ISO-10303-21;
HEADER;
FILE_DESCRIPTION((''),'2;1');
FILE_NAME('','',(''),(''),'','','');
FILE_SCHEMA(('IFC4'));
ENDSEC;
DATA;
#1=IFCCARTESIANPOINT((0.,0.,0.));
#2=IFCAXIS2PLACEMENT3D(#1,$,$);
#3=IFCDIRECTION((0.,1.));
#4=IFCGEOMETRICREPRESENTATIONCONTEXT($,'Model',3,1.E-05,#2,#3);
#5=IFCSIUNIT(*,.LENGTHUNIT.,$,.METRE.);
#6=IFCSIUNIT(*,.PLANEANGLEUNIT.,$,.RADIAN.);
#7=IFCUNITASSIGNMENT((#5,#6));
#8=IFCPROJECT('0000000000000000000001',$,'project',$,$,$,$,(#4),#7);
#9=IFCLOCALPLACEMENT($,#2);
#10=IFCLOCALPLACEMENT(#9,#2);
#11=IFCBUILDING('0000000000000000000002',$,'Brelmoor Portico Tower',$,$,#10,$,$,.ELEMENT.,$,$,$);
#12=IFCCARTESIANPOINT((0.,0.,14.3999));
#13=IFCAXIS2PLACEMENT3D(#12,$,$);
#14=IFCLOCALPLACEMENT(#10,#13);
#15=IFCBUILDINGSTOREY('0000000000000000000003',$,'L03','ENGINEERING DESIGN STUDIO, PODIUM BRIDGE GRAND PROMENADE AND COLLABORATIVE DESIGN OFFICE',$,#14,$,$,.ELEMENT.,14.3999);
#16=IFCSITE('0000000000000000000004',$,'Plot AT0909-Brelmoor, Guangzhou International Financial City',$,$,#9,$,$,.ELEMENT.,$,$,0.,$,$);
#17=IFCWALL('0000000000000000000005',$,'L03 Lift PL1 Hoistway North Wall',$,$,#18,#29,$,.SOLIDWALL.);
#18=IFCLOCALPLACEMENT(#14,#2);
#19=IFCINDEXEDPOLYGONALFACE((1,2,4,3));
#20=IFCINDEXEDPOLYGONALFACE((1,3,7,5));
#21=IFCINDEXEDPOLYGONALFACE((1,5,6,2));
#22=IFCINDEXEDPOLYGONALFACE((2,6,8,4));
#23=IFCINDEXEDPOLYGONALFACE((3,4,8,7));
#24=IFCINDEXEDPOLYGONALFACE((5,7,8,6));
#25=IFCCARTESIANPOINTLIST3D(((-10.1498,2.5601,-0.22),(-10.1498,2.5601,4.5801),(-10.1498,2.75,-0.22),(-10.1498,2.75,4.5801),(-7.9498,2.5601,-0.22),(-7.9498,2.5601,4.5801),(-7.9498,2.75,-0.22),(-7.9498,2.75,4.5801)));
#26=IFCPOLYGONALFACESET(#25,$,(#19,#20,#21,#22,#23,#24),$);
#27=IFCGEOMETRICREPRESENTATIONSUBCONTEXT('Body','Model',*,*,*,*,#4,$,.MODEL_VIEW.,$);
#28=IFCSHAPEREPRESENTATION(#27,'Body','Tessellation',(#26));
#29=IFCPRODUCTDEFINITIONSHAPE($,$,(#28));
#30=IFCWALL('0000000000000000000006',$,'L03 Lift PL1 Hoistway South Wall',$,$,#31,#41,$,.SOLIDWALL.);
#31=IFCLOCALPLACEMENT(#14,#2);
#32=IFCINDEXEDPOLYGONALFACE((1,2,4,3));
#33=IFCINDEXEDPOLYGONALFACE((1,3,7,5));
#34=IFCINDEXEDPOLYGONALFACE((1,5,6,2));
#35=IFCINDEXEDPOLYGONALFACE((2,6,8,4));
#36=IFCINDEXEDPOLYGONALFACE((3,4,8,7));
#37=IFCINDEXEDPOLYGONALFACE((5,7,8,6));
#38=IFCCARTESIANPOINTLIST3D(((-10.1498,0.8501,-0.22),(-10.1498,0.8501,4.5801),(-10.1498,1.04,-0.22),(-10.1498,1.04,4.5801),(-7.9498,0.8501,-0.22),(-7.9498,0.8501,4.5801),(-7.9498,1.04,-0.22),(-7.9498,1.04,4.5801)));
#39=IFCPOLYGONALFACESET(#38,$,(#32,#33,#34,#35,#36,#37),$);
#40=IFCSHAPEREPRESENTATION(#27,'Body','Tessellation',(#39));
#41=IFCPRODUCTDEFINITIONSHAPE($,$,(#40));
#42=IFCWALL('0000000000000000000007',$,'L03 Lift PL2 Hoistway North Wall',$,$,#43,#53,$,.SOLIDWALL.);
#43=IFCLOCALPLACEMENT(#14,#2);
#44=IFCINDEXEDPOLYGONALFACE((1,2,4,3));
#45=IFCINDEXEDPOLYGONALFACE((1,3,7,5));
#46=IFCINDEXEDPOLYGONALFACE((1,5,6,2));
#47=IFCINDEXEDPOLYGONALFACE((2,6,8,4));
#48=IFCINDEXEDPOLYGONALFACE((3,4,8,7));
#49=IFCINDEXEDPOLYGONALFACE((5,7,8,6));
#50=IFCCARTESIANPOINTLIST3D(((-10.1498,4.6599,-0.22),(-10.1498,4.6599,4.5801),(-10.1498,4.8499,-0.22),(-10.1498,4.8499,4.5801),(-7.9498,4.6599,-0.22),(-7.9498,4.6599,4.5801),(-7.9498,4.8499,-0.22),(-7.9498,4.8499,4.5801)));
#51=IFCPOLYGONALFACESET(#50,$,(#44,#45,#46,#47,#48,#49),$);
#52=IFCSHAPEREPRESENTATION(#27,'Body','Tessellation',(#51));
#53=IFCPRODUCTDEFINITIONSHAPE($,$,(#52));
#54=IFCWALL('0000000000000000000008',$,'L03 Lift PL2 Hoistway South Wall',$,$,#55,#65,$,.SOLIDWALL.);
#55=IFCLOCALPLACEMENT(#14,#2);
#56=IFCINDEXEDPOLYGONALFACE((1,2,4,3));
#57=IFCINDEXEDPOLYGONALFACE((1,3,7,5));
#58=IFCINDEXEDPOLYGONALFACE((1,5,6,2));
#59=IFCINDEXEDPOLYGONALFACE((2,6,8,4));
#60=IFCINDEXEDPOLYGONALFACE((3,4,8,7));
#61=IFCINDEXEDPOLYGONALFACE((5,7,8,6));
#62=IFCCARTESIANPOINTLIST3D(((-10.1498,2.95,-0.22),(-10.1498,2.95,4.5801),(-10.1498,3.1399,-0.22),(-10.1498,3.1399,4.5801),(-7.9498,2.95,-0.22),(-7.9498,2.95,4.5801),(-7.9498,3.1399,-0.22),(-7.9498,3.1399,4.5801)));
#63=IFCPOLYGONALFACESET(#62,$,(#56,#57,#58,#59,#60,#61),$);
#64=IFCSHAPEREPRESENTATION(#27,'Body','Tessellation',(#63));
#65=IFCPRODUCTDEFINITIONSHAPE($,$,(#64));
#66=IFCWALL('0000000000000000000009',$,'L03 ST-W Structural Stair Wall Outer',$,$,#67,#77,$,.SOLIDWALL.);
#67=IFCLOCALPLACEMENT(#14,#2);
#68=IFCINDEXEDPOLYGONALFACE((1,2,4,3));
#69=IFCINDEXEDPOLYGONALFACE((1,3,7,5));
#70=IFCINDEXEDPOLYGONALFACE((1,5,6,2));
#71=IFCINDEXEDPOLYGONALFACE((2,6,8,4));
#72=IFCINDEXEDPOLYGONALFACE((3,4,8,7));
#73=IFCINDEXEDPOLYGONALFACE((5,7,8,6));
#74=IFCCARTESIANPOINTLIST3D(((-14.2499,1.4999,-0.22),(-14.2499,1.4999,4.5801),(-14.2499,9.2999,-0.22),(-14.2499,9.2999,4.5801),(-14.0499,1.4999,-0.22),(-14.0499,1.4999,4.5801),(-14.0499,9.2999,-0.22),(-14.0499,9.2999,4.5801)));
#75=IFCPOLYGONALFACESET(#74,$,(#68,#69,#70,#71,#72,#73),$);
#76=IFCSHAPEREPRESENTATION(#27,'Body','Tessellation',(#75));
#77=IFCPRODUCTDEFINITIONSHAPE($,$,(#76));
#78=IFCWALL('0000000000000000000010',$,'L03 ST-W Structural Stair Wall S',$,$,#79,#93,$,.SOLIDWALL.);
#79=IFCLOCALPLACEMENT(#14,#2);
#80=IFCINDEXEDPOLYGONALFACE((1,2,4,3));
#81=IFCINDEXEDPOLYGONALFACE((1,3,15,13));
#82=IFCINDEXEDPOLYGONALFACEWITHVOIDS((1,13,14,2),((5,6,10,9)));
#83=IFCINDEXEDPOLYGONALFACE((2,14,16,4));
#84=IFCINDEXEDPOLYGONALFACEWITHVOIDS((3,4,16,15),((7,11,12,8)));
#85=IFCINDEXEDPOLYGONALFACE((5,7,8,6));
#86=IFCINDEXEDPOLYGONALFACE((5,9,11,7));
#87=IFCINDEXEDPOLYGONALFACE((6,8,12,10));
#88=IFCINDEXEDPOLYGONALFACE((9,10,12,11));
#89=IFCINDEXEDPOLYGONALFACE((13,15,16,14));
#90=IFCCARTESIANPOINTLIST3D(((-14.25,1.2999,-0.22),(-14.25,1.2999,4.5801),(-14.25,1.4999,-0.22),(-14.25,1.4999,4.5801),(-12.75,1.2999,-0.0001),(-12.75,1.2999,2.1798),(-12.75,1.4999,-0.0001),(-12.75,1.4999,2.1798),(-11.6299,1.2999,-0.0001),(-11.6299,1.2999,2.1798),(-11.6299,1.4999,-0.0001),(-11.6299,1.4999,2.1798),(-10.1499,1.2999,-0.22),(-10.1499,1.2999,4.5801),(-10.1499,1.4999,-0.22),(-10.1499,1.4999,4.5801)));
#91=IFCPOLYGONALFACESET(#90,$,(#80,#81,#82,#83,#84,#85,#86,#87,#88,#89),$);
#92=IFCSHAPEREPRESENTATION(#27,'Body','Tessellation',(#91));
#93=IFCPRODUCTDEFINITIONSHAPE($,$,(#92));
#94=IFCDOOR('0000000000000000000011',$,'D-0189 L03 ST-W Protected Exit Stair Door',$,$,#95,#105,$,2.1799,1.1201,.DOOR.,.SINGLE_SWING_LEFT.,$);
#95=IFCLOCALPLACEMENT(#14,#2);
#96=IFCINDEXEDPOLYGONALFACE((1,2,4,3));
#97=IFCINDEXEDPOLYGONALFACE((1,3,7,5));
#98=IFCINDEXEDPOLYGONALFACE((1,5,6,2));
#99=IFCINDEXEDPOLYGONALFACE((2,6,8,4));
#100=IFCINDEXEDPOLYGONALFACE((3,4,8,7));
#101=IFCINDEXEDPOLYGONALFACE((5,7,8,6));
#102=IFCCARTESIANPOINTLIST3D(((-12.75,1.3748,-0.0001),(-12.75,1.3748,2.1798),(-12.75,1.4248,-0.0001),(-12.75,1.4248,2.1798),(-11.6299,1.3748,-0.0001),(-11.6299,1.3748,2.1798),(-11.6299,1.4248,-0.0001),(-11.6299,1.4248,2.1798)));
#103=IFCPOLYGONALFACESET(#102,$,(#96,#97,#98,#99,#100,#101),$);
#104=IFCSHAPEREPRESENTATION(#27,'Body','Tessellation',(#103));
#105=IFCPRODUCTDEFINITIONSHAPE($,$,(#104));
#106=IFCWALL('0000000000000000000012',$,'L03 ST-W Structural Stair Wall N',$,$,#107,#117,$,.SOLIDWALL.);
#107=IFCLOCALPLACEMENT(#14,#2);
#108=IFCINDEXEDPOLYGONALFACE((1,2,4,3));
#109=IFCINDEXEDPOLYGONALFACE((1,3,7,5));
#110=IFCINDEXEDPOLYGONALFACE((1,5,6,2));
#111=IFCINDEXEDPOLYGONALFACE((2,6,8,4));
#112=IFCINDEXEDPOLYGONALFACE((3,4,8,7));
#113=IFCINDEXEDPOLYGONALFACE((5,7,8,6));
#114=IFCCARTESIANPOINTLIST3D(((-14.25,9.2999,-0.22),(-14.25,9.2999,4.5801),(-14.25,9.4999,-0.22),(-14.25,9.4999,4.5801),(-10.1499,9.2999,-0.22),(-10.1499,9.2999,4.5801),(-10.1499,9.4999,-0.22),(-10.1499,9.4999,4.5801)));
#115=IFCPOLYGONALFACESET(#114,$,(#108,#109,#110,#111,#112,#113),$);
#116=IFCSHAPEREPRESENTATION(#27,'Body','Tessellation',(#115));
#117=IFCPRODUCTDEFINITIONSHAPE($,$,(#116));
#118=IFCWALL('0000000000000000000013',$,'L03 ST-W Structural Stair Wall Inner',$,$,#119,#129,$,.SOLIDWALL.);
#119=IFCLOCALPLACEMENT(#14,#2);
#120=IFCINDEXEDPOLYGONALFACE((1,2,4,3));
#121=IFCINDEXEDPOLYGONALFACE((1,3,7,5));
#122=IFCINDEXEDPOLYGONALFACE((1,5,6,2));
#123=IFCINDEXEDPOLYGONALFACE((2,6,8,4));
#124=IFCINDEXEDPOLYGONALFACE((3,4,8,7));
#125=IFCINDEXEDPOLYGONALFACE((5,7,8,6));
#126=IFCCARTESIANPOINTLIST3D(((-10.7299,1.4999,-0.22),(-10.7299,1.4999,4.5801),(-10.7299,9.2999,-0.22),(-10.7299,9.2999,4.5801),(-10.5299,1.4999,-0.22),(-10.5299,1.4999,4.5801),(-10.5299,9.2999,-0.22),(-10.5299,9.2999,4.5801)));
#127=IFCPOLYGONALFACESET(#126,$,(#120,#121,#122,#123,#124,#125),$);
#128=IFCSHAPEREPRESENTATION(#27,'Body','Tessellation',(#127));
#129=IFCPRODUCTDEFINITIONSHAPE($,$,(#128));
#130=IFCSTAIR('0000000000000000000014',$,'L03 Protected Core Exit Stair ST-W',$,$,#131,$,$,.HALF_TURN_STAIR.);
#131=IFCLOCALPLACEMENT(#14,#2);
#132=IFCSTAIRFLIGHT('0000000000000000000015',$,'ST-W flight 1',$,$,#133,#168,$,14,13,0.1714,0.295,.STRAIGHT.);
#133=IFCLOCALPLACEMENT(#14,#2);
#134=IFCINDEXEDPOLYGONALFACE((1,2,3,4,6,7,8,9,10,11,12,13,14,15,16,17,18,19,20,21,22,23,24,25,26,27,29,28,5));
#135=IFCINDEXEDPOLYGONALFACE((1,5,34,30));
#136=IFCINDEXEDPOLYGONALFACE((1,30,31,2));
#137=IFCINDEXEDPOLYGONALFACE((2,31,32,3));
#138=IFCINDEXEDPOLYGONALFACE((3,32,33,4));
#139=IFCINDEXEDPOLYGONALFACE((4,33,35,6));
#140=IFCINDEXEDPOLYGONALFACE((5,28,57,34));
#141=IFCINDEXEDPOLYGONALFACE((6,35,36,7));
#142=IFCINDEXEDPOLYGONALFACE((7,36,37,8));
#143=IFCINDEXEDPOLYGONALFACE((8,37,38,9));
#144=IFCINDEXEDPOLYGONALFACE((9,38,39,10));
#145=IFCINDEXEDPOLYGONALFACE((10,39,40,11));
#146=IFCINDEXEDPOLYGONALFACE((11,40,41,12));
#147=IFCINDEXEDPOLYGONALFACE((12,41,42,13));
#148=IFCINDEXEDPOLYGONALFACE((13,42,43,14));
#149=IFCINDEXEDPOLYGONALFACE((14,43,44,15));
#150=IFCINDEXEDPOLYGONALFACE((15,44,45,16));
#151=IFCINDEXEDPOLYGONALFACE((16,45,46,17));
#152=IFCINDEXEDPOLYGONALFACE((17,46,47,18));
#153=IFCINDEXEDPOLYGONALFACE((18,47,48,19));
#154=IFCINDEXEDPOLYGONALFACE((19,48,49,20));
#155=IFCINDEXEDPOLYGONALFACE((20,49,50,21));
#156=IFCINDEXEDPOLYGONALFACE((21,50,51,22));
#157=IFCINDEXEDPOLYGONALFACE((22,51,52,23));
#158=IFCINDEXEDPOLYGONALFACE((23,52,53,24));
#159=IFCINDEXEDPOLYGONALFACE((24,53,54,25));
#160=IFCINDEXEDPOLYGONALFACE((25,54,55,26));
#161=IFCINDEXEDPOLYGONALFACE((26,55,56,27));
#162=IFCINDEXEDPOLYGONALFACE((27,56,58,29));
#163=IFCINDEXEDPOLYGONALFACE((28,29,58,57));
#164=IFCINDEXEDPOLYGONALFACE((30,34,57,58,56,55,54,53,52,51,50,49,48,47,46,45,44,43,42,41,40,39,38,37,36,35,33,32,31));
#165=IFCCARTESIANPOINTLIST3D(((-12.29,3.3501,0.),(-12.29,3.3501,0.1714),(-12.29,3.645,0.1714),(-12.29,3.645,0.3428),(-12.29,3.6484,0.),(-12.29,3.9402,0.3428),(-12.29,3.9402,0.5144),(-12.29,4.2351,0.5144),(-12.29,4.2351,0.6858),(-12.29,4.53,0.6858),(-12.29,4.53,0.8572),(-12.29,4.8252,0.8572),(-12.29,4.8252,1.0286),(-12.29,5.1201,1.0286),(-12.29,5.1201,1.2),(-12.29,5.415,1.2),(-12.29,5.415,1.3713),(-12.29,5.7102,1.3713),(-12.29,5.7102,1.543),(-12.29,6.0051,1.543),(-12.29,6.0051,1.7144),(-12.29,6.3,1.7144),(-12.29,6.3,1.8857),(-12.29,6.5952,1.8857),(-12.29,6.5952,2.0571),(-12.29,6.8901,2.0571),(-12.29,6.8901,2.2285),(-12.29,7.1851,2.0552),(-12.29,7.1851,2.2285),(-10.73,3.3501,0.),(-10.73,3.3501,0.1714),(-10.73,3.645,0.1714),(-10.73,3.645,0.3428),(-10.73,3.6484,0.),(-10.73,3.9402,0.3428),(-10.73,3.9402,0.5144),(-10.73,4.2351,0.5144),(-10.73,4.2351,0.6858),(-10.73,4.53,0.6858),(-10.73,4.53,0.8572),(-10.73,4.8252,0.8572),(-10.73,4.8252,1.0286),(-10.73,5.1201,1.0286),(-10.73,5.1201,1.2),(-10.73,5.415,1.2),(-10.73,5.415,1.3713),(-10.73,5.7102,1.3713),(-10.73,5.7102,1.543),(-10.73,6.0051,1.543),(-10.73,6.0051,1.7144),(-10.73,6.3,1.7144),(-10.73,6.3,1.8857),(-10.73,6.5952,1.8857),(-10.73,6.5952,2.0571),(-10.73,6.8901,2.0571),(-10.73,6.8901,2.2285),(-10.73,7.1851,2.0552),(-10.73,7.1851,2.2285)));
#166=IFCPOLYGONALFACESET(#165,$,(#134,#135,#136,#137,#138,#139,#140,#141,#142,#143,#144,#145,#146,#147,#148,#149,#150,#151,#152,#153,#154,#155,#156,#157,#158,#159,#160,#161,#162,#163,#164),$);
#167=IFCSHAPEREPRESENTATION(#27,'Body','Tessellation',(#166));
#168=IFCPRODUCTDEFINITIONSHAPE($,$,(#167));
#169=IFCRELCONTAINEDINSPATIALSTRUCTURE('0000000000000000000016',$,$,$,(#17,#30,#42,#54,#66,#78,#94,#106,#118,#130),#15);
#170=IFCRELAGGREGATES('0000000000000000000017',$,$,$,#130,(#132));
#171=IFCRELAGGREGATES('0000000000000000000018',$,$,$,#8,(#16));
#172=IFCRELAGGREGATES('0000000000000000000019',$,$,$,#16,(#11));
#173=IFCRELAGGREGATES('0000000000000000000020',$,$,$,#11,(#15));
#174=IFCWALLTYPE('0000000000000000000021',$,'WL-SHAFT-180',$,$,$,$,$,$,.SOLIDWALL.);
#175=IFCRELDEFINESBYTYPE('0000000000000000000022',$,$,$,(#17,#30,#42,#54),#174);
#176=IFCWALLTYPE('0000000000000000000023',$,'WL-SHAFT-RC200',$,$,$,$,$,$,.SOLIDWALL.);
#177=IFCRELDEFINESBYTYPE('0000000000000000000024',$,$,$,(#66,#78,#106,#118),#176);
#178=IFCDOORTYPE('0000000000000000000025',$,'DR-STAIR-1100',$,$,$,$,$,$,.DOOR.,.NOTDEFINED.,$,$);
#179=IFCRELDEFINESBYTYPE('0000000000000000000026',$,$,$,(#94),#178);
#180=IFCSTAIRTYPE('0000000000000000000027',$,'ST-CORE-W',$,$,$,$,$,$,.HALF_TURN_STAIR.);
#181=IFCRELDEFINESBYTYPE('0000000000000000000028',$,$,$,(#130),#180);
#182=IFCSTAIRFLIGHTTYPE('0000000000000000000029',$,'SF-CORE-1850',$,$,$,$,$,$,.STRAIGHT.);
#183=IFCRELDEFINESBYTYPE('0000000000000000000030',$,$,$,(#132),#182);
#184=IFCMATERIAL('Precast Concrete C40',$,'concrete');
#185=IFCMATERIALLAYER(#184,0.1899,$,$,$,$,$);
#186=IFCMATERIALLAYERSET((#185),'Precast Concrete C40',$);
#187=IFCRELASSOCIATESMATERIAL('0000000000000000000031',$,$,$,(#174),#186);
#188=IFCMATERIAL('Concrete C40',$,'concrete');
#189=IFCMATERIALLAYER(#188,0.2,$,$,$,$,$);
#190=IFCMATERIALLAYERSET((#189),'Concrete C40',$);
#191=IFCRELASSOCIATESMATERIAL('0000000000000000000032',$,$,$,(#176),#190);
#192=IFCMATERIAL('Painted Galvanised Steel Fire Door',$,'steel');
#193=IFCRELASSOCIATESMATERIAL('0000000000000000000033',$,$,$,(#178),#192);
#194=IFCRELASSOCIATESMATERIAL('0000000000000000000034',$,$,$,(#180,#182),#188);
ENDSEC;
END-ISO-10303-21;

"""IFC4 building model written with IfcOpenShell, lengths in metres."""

from ifc_helpers import new_model, si_unit, direction, frame, frame_2d, origin, place, context, subcontext, project, spatial, polyline, rectangle, outline, extrude, material, layer, layer_set, type_object, element, fill, aggregate, save


model = new_model("IFC4")

# Units and contexts
model_context = context("Model", 3, precision=1e-05, world=origin(), true_north=direction((0.0, 1.0)))
body_context = subcontext(model_context, "Body", "Model", "MODEL_VIEW")
ifc_project = project(units=[si_unit("LENGTHUNIT", "METRE"), si_unit("PLANEANGLEUNIT", "RADIAN")], contexts=[model_context])

# Site, building, storey
site_placement = place(None, origin())
site = spatial("IfcSite", under=ifc_project, at=site_placement, Name="Plot AT0909-Brelmoor, Guangzhou International Financial City", CompositionType="ELEMENT", RefElevation=0.0)
building_placement = place(site_placement, origin())
building = spatial("IfcBuilding", under=site, at=building_placement, Name="Brelmoor Portico Tower", CompositionType="ELEMENT")
storey_placement = place(building_placement, frame((0.0, 0.0, 14.3999)))
storey = spatial("IfcBuildingStorey", under=building, at=storey_placement, Name="L03", Description="ENGINEERING DESIGN STUDIO, PODIUM BRIDGE GRAND PROMENADE AND COLLABORATIVE DESIGN OFFICE", CompositionType="ELEMENT", Elevation=14.3999)

# Walls
ifc_material_1 = material(Name="Precast Concrete C40", Category="concrete")
ifc_layer_1 = layer(ifc_material_1, 0.1899)
ifc_layer_set_1 = layer_set([ifc_layer_1], Name="Precast Concrete C40")
wall_type_1 = type_object("IfcWallType", Name="WL-SHAFT-180", PredefinedType="SOLIDWALL", material=ifc_layer_set_1)
for number, where, z_axis, x_axis, name in (
    (1, (-10.1499, 2.655, -0.22), (0.0, 0.0, 1.0), (1.0, 0.0, 0.0), "L03 Lift PL1 Hoistway North Wall"),
    (2, (-10.1499, 0.9451, -0.22), (0.0, 0.0, 1.0), (1.0, 0.0, 0.0), "L03 Lift PL1 Hoistway South Wall"),
    (3, (-10.1499, 4.7549, -0.22), (0.0, 0.0, 1.0), (1.0, 0.0, 0.0), "L03 Lift PL2 Hoistway North Wall"),
    (4, (-10.1499, 3.0449, -0.22), (0.0, 0.0, 1.0), (1.0, 0.0, 0.0), "L03 Lift PL2 Hoistway South Wall"),
):
    element("IfcWall", number, at=place(storey_placement, frame(where, z_axis=z_axis, x_axis=x_axis)), inside=storey, type_object=wall_type_1, Name=name, PredefinedType="SOLIDWALL", context=body_context, shape_type="SweptSolid", body=[
        extrude(rectangle(XDim=2.2, YDim=0.1899, at=frame_2d((1.1001, 0.0))), origin(), (0.0, 0.0, 1.0), 4.8),
    ])
ifc_material_2 = material(Name="Concrete C40", Category="concrete")
ifc_layer_2 = layer(ifc_material_2, 0.2)
ifc_layer_set_2 = layer_set([ifc_layer_2], Name="Concrete C40")
wall_type_2 = type_object("IfcWallType", Name="WL-SHAFT-RC200", PredefinedType="SOLIDWALL", material=ifc_layer_set_2)
wall_1_placement = place(storey_placement, frame((-14.1499, 1.5, -0.22), z_axis=(0.0, 0.0, 1.0), x_axis=(0.0, 1.0, 0.0)))
element("IfcWall", 5, at=wall_1_placement, inside=storey, type_object=wall_type_2, Name="L03 ST-W Structural Stair Wall Outer", PredefinedType="SOLIDWALL", context=body_context, shape_type="SweptSolid", body=[
    extrude(rectangle(XDim=7.8, YDim=0.2, at=frame_2d((3.8999, 0.0))), origin(), (0.0, 0.0, 1.0), 4.8),
])

# Wall, opening, door
wall_2_placement = place(storey_placement, frame((-14.25, 1.3999, -0.22), z_axis=(0.0, 0.0, 1.0), x_axis=(1.0, 0.0, 0.0)))
wall_2 = element("IfcWall", 6, at=wall_2_placement, inside=storey, type_object=wall_type_2, Name="L03 ST-W Structural Stair Wall S", PredefinedType="SOLIDWALL", context=body_context, shape_type="SweptSolid", body=[
    extrude(rectangle(XDim=4.1001, YDim=0.2, at=frame_2d((2.05, 0.0))), origin(), (0.0, 0.0, 1.0), 4.8),
])
opening_placement = place(wall_2_placement, frame((1.5, 0.0, 0.22)))
opening = element("IfcOpeningElement", 7, at=opening_placement, cuts=wall_2, PredefinedType="OPENING", context=body_context, shape_type="SweptSolid", body=[
    extrude(rectangle(XDim=1.1201, YDim=2.1799, at=frame_2d((0.5601, 1.0898))), frame((0.0, 0.1099, 0.0), z_axis=(0.0, -1.0, 0.0), x_axis=(1.0, 0.0, 0.0)), (0.0, 0.0, 1.0), 0.22),
])
ifc_material_3 = material(Name="Painted Galvanised Steel Fire Door", Category="steel")
door_type = type_object("IfcDoorType", Name="DR-STAIR-1100", OperationType="NOTDEFINED", PredefinedType="DOOR", material=ifc_material_3)
door_placement = place(opening_placement, origin())
door = element("IfcDoor", 8, at=door_placement, inside=storey, type_object=door_type, Name="D-0189 L03 ST-W Protected Exit Stair Door", OperationType="SINGLE_SWING_LEFT", OverallHeight=2.1799, OverallWidth=1.1201, PredefinedType="DOOR", context=body_context, shape_type="SweptSolid", body=[
    extrude(rectangle(XDim=1.1201, YDim=2.1799, at=frame_2d((0.5601, 1.0898))), frame((0.0, 0.0249, 0.0), z_axis=(0.0, -1.0, 0.0), x_axis=(1.0, 0.0, 0.0)), (0.0, 0.0, 1.0), 0.05),
])
fill(opening, door)

# Walls
wall_3_placement = place(storey_placement, frame((-14.25, 9.3999, -0.22), z_axis=(0.0, 0.0, 1.0), x_axis=(1.0, 0.0, 0.0)))
element("IfcWall", 9, at=wall_3_placement, inside=storey, type_object=wall_type_2, Name="L03 ST-W Structural Stair Wall N", PredefinedType="SOLIDWALL", context=body_context, shape_type="SweptSolid", body=[
    extrude(rectangle(XDim=4.1001, YDim=0.2, at=frame_2d((2.05, 0.0))), origin(), (0.0, 0.0, 1.0), 4.8),
])
wall_4_placement = place(storey_placement, frame((-10.6299, 1.5, -0.22), z_axis=(0.0, 0.0, 1.0), x_axis=(0.0, 1.0, 0.0)))
element("IfcWall", 10, at=wall_4_placement, inside=storey, type_object=wall_type_2, Name="L03 ST-W Structural Stair Wall Inner", PredefinedType="SOLIDWALL", context=body_context, shape_type="SweptSolid", body=[
    extrude(rectangle(XDim=7.8, YDim=0.2, at=frame_2d((3.8999, 0.0))), origin(), (0.0, 0.0, 1.0), 4.8),
])

# Stair, stair flight
stair_type = type_object("IfcStairType", Name="ST-CORE-W", PredefinedType="HALF_TURN_STAIR", material=ifc_material_2)
stair_placement = place(storey_placement, origin())
stair = element("IfcStair", 11, at=stair_placement, inside=storey, type_object=stair_type, Name="L03 Protected Core Exit Stair ST-W", PredefinedType="HALF_TURN_STAIR")
stair_flight_type = type_object("IfcStairFlightType", Name="SF-CORE-1850", PredefinedType="STRAIGHT", material=ifc_material_2)
stair_flight_1_placement = place(storey_placement, frame((-11.51, 3.3501, 0.0), z_axis=(0.0, 0.0, 1.0), x_axis=(0.0, 1.0, 0.0)))
stair_flight_1 = element("IfcStairFlight", 12, at=stair_flight_1_placement, type_object=stair_flight_type, Name="ST-W flight 1", NumberOfRisers=14, NumberOfTreads=13, PredefinedType="STRAIGHT", RiserHeight=0.1714, TreadLength=0.295, context=body_context, shape_type="SweptSolid", body=[
    extrude(outline(polyline([(0.0, 0.0), (0.0, 0.1714), (0.2949, 0.1714), (0.2949, 0.3428), (0.5901, 0.3428), (0.5901, 0.5144), (0.885, 0.5144), (0.885, 0.6858), (1.1799, 0.6858), (1.1799, 0.8572), (1.4751, 0.8572), (1.4751, 1.0286), (1.77, 1.0286), (1.77, 1.2), (2.0649, 1.2), (2.0649, 1.3713), (2.3601, 1.3713), (2.3601, 1.543), (2.655, 1.543), (2.655, 1.7144), (2.95, 1.7144), (2.95, 1.8857), (3.2451, 1.8857), (3.2451, 2.0571), (3.54, 2.0571), (3.54, 2.2285), (3.835, 2.2285), (3.835, 2.3999), (3.835, 2.0552), (0.2983, 0.0), (0.0, 0.0)])), frame((0.0, 0.78, 0.0), z_axis=(0.0, -1.0, 0.0), x_axis=(1.0, 0.0, 0.0)), (0.0, 0.0, 1.0), 1.5601),
])
aggregate(stair, [stair_flight_1])

save(model, "model.ifc")
